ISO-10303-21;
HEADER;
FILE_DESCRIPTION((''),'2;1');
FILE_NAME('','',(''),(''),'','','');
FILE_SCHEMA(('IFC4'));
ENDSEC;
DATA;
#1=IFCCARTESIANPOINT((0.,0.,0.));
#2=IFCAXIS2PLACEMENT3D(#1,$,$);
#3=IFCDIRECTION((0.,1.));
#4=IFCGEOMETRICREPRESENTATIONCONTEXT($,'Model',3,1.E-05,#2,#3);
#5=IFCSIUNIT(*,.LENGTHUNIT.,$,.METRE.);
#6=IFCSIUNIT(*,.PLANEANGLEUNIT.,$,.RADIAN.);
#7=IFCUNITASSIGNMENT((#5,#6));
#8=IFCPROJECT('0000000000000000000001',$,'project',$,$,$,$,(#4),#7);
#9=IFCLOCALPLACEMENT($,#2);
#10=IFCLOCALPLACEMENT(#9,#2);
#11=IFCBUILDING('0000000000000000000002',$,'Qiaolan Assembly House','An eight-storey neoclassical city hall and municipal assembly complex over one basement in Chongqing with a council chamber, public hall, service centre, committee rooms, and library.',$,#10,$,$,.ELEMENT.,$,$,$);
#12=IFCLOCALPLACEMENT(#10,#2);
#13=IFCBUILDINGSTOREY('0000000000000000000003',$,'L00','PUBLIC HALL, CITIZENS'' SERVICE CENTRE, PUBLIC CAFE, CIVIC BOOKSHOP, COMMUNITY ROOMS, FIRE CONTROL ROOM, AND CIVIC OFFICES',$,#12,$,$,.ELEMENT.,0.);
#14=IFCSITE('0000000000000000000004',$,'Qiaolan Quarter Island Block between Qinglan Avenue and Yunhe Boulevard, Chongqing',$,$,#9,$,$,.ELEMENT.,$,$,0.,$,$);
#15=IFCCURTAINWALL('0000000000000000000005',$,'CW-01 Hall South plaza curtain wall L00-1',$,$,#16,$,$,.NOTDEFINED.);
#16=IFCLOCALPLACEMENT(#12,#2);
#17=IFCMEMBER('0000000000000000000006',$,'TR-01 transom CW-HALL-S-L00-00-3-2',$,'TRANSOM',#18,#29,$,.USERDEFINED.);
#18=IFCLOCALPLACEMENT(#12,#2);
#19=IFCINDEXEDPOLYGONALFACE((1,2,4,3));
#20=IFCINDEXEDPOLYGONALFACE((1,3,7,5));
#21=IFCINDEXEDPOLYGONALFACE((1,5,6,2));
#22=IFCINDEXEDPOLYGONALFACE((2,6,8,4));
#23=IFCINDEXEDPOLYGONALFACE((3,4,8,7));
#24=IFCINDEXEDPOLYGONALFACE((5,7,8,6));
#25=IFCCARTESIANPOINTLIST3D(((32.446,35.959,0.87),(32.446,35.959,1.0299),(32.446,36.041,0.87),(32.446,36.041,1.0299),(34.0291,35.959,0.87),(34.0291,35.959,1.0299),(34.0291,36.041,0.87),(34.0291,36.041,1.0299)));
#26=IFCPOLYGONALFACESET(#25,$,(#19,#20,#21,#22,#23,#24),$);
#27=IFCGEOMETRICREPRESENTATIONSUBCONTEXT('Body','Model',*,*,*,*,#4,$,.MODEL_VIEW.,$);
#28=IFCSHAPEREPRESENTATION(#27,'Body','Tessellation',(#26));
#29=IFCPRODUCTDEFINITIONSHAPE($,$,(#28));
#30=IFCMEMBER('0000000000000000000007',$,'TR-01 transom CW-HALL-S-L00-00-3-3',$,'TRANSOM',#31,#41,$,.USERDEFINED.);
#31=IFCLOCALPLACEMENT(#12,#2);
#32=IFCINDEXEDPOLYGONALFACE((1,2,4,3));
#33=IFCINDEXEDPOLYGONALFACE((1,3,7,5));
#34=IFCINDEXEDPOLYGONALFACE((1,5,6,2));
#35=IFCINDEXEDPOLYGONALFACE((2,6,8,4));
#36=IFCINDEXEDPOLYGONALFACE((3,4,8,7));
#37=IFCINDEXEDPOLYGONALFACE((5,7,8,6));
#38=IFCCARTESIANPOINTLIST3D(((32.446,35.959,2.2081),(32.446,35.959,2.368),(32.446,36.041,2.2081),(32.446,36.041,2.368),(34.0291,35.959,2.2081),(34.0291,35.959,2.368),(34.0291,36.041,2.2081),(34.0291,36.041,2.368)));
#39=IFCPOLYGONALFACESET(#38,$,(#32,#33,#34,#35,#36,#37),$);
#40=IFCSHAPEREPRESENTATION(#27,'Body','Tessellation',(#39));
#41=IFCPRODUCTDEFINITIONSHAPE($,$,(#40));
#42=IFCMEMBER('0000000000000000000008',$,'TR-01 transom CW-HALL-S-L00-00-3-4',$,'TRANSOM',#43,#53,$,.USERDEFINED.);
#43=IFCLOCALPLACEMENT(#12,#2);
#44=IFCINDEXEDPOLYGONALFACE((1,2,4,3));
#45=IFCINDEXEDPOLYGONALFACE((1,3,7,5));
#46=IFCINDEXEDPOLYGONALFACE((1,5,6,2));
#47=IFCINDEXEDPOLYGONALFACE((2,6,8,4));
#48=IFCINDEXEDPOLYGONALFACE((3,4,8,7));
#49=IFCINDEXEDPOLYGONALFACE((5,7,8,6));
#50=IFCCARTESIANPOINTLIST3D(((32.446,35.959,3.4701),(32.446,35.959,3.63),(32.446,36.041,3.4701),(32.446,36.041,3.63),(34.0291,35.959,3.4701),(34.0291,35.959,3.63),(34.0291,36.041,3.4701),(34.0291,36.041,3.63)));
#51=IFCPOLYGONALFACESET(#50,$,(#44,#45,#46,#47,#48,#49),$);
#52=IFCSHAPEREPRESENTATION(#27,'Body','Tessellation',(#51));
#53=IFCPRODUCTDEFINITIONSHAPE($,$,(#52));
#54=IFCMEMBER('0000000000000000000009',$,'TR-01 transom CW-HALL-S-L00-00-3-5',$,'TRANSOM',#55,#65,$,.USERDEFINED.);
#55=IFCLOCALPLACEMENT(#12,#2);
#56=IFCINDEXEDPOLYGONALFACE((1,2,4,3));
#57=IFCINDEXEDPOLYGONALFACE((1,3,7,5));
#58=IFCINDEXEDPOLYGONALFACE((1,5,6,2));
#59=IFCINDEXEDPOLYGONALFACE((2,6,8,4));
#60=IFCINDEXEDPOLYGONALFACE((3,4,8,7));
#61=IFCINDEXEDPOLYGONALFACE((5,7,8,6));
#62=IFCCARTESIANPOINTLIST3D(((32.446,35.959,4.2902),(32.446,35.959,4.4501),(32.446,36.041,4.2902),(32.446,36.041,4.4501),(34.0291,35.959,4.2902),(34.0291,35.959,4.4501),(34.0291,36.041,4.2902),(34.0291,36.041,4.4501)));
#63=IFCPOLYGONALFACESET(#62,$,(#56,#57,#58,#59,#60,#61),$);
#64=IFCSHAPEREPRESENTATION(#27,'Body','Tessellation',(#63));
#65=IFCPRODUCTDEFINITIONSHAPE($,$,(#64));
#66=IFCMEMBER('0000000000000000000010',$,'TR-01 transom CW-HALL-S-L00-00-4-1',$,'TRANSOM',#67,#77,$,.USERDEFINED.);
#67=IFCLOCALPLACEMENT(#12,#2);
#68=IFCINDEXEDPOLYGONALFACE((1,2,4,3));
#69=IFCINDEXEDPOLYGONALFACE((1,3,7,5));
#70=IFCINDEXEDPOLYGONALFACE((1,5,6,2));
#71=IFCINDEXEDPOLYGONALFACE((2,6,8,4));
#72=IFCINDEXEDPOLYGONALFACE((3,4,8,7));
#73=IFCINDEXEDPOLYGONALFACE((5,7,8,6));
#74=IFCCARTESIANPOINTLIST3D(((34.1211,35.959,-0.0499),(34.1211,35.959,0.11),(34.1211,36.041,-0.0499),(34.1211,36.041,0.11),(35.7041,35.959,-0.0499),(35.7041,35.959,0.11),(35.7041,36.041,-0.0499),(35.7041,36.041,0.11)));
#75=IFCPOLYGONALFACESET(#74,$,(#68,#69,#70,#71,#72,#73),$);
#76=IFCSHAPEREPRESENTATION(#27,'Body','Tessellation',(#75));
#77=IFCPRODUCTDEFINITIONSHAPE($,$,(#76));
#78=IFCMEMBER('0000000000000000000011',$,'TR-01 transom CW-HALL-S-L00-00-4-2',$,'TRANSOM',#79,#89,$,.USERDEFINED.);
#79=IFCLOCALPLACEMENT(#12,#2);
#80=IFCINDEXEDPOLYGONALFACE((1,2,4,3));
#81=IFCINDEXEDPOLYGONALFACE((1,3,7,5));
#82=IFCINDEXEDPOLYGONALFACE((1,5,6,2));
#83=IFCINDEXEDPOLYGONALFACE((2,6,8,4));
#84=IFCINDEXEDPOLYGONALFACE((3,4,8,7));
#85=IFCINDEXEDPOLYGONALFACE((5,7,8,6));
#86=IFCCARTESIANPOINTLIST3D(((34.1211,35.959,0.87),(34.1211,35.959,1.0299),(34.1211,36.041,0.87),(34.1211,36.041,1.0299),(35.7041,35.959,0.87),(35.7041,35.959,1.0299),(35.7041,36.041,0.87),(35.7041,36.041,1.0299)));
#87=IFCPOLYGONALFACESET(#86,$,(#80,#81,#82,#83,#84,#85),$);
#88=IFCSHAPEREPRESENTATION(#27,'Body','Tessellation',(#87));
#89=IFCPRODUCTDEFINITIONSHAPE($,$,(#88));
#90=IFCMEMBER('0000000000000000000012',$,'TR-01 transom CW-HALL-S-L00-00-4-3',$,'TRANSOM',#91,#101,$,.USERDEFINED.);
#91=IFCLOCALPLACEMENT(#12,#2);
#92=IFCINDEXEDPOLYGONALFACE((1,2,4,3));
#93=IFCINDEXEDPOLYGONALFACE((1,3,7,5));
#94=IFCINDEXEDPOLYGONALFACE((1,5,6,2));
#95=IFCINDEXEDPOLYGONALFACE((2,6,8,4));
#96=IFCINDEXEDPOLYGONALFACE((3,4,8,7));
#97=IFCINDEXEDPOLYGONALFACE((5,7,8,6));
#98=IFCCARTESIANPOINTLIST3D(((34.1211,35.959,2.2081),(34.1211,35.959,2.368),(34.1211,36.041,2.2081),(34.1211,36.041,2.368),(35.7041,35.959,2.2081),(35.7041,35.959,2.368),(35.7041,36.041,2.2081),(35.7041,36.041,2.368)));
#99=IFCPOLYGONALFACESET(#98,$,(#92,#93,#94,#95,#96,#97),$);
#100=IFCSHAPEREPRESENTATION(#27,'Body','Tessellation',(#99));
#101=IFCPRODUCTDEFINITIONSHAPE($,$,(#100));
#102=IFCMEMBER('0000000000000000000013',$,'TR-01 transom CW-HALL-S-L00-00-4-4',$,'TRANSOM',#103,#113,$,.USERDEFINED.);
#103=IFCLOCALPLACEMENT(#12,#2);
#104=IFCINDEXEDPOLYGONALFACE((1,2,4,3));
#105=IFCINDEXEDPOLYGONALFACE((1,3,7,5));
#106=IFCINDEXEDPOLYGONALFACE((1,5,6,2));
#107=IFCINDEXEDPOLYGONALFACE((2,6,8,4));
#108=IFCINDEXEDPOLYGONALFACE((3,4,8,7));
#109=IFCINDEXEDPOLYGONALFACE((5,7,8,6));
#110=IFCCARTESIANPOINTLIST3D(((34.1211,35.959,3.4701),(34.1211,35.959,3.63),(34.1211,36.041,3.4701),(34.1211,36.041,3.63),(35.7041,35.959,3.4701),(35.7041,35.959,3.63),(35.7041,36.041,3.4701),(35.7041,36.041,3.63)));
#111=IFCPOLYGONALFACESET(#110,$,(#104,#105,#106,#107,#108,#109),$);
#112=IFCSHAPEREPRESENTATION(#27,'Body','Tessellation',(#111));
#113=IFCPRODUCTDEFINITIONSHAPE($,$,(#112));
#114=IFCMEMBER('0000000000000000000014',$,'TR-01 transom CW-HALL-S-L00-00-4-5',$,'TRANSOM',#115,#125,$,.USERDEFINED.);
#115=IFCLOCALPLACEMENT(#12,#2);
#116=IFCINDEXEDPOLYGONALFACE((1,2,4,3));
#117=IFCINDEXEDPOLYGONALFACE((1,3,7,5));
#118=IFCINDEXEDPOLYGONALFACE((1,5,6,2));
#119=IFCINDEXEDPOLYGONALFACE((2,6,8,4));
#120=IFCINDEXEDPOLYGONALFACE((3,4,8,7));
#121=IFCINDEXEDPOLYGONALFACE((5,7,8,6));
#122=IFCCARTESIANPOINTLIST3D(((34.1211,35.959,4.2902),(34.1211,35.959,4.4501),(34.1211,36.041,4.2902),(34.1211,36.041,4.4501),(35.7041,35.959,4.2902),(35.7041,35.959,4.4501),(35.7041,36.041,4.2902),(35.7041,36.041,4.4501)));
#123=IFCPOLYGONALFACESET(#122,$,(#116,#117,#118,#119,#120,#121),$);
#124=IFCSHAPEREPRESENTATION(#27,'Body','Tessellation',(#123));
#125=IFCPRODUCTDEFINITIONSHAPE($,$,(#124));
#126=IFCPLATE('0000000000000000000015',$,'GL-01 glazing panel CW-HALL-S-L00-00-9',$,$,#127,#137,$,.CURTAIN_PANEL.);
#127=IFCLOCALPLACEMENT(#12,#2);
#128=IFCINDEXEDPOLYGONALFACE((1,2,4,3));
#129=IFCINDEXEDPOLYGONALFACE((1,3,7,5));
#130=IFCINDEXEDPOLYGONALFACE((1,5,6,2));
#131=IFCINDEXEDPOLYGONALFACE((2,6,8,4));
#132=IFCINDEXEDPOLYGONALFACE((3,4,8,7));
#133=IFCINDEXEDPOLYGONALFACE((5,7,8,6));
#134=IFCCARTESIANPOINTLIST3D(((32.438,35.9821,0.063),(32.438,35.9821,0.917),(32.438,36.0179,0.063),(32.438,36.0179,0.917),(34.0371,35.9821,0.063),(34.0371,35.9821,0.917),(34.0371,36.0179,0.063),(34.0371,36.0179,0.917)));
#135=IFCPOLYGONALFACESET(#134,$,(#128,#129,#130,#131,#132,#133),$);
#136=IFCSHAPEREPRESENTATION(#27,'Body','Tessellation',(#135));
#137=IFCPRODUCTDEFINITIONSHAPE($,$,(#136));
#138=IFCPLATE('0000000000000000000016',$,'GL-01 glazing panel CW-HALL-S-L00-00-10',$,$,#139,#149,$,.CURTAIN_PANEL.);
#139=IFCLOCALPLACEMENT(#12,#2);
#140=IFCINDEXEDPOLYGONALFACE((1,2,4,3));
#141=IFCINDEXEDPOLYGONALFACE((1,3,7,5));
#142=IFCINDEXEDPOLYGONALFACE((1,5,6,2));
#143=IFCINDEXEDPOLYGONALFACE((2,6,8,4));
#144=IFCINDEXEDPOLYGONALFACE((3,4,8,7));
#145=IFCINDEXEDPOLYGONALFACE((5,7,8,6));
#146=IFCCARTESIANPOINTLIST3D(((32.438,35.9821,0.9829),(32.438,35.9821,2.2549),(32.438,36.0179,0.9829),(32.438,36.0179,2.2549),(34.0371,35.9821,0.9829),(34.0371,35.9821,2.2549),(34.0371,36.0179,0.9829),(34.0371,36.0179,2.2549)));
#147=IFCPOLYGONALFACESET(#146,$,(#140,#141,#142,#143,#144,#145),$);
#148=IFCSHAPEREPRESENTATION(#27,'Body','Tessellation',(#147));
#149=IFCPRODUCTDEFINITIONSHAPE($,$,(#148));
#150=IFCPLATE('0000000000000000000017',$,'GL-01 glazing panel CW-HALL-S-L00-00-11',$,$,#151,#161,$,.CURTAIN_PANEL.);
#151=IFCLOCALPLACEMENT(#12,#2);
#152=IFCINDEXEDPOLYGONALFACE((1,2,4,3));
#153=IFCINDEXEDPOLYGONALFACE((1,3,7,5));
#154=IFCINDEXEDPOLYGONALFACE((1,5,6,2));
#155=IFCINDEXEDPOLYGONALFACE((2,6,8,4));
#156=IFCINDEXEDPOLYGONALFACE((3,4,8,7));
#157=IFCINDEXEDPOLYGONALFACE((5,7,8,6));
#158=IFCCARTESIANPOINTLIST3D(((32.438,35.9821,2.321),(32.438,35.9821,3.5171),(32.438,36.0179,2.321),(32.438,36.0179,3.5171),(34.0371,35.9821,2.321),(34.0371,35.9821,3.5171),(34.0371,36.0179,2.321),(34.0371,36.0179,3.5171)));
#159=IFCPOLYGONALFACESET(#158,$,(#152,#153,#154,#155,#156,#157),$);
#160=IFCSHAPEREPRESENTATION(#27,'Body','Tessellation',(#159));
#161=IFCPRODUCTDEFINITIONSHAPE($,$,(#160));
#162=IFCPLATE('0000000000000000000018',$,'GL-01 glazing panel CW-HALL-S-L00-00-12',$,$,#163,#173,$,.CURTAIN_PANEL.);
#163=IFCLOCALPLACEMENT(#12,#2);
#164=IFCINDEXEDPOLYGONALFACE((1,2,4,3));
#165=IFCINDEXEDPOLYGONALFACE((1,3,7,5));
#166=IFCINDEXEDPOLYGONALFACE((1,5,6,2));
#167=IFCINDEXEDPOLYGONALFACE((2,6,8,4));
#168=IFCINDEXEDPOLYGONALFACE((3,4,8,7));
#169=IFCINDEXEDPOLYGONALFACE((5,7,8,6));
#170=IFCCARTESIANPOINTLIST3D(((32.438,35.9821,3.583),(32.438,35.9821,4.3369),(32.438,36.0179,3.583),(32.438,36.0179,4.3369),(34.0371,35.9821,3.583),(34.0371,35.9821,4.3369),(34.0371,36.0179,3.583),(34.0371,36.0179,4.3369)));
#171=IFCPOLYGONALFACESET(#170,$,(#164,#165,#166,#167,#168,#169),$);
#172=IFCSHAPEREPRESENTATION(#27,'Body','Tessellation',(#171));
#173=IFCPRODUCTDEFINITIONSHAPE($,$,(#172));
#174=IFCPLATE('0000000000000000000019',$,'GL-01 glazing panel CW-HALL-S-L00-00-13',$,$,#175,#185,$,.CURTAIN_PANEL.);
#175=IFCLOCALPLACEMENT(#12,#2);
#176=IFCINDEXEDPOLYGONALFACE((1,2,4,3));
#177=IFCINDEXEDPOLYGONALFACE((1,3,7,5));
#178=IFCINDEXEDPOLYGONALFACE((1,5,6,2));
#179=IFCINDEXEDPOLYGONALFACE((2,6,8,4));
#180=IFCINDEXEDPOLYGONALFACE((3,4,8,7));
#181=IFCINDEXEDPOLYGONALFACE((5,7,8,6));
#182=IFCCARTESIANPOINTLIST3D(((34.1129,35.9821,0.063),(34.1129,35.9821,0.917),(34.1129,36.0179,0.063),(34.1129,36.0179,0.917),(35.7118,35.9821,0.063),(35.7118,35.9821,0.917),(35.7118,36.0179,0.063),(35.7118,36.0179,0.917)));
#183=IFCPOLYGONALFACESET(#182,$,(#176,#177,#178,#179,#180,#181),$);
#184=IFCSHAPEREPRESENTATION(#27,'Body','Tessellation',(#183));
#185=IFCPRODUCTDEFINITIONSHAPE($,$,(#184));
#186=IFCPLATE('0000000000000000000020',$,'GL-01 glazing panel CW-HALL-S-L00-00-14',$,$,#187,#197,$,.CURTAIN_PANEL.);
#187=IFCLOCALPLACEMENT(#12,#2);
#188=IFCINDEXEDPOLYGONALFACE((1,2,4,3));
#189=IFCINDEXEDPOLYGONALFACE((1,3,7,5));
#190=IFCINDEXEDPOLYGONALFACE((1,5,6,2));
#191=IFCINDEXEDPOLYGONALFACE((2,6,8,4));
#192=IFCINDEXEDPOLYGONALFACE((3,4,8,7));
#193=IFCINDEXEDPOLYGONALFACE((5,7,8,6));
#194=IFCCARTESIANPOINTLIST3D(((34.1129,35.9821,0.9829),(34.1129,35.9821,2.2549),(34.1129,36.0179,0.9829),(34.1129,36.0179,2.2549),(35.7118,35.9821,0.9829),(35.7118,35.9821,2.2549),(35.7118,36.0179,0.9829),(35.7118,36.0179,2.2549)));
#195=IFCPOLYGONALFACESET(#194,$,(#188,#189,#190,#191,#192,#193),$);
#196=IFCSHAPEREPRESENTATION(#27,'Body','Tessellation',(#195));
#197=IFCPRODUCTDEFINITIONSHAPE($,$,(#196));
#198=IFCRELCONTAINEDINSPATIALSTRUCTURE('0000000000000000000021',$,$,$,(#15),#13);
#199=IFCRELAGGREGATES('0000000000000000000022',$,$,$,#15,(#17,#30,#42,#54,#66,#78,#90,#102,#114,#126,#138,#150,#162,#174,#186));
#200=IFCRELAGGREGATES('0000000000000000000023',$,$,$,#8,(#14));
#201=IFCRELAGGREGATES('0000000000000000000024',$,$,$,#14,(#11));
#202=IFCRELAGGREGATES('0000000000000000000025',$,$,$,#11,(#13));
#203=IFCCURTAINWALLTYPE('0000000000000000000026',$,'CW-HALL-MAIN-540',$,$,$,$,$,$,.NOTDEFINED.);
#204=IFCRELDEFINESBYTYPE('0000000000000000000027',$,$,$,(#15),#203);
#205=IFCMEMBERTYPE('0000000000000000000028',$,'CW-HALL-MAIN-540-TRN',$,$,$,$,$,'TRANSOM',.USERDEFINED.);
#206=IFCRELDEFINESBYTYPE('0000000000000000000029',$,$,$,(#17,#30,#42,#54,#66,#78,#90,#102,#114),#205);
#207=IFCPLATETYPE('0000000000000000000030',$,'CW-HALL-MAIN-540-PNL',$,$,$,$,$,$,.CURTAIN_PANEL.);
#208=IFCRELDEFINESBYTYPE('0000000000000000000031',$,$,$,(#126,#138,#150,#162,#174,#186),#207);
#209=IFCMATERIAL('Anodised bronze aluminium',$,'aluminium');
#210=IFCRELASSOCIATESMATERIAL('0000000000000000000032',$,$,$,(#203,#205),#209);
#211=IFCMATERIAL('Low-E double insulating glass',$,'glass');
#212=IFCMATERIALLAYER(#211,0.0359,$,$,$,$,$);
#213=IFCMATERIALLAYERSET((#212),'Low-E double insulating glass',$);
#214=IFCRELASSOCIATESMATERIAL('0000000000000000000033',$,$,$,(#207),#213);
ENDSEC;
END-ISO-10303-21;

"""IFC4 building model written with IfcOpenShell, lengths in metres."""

from ifc_helpers import new_model, si_unit, direction, frame, frame_2d, origin, origin_2d, place, context, subcontext, project, spatial, rectangle, extrude, material, layer, layer_set, material_profile, profile_set, type_object, element, aggregate, save


model = new_model("IFC4")

# Units and contexts
model_context = context("Model", 3, precision=1e-05, world=origin(), true_north=direction((0.0, 1.0)))
body_context = subcontext(model_context, "Body", "Model", "MODEL_VIEW")
ifc_project = project(units=[si_unit("LENGTHUNIT", "METRE"), si_unit("PLANEANGLEUNIT", "RADIAN")], contexts=[model_context])

# Site, building, storey
site_placement = place(None, origin())
site = spatial("IfcSite", under=ifc_project, at=site_placement, Name="Qiaolan Quarter Island Block between Qinglan Avenue and Yunhe Boulevard, Chongqing", CompositionType="ELEMENT", RefElevation=0.0)
building_placement = place(site_placement, origin())
building = spatial("IfcBuilding", under=site, at=building_placement, Name="Qiaolan Assembly House", Description="An eight-storey neoclassical city hall and municipal assembly complex over one basement in Chongqing with a council chamber, public hall, service centre, committee rooms, and library.", CompositionType="ELEMENT")
storey_placement = place(building_placement, origin())
storey = spatial("IfcBuildingStorey", under=building, at=storey_placement, Name="L00", Description="PUBLIC HALL, CITIZENS' SERVICE CENTRE, PUBLIC CAFE, CIVIC BOOKSHOP, COMMUNITY ROOMS, FIRE CONTROL ROOM, AND CIVIC OFFICES", CompositionType="ELEMENT", Elevation=0.0)

# Curtain wall, members, plates
ifc_material_1 = material(Name="Anodised bronze aluminium", Category="aluminium")
curtain_wall_type = type_object("IfcCurtainWallType", Name="CW-HALL-MAIN-540", PredefinedType="NOTDEFINED", material=ifc_material_1)
curtain_wall_placement = place(storey_placement, origin())
curtain_wall = element("IfcCurtainWall", 1, at=curtain_wall_placement, inside=storey, type_object=curtain_wall_type, Name="CW-01 Hall South plaza curtain wall L00-1", PredefinedType="NOTDEFINED")
ifc_material_profile_1 = material_profile(ifc_material_1, rectangle(XDim=0.082, YDim=0.1599, at=origin_2d()), Name="TRN 82x160")
ifc_profile_set_1 = profile_set([ifc_material_profile_1], Name="Anodised bronze aluminium")
member_type_1 = type_object("IfcMemberType", Name="CW-HALL-MAIN-540-TRN", ElementType="TRANSOM", PredefinedType="USERDEFINED", material=ifc_profile_set_1)
member_1_placement = place(storey_placement, frame((32.446, 36.0, 0.95), z_axis=(1.0, 0.0, 0.0), x_axis=(0.0, 1.0, 0.0)))
member_1 = element("IfcMember", 2, at=member_1_placement, type_object=member_type_1, Name="TR-01 transom CW-HALL-S-L00-00-3-2", ObjectType="TRANSOM", PredefinedType="USERDEFINED", context=body_context, shape_type="SweptSolid", body=[
    extrude(rectangle(XDim=0.082, YDim=0.1599, at=origin_2d()), origin(), (0.0, 0.0, 1.0), 1.583),
])
member_2_placement = place(storey_placement, frame((32.446, 36.0, 2.2881), z_axis=(1.0, 0.0, 0.0), x_axis=(0.0, 1.0, 0.0)))
member_2 = element("IfcMember", 3, at=member_2_placement, type_object=member_type_1, Name="TR-01 transom CW-HALL-S-L00-00-3-3", ObjectType="TRANSOM", PredefinedType="USERDEFINED", context=body_context, shape_type="SweptSolid", body=[
    extrude(rectangle(XDim=0.082, YDim=0.1599, at=origin_2d()), origin(), (0.0, 0.0, 1.0), 1.583),
])
member_3_placement = place(storey_placement, frame((32.446, 36.0, 3.55), z_axis=(1.0, 0.0, 0.0), x_axis=(0.0, 1.0, 0.0)))
member_3 = element("IfcMember", 4, at=member_3_placement, type_object=member_type_1, Name="TR-01 transom CW-HALL-S-L00-00-3-4", ObjectType="TRANSOM", PredefinedType="USERDEFINED", context=body_context, shape_type="SweptSolid", body=[
    extrude(rectangle(XDim=0.082, YDim=0.1599, at=origin_2d()), origin(), (0.0, 0.0, 1.0), 1.583),
])
member_4_placement = place(storey_placement, frame((32.446, 36.0, 4.3701), z_axis=(1.0, 0.0, 0.0), x_axis=(0.0, 1.0, 0.0)))
member_4 = element("IfcMember", 5, at=member_4_placement, type_object=member_type_1, Name="TR-01 transom CW-HALL-S-L00-00-3-5", ObjectType="TRANSOM", PredefinedType="USERDEFINED", context=body_context, shape_type="SweptSolid", body=[
    extrude(rectangle(XDim=0.082, YDim=0.1599, at=origin_2d()), origin(), (0.0, 0.0, 1.0), 1.583),
])
member_5_placement = place(storey_placement, frame((34.1211, 36.0, 0.03), z_axis=(1.0, 0.0, 0.0), x_axis=(0.0, 1.0, 0.0)))
member_5 = element("IfcMember", 6, at=member_5_placement, type_object=member_type_1, Name="TR-01 transom CW-HALL-S-L00-00-4-1", ObjectType="TRANSOM", PredefinedType="USERDEFINED", context=body_context, shape_type="SweptSolid", body=[
    extrude(rectangle(XDim=0.082, YDim=0.1599, at=origin_2d()), origin(), (0.0, 0.0, 1.0), 1.583),
])
member_6_placement = place(storey_placement, frame((34.1211, 36.0, 0.95), z_axis=(1.0, 0.0, 0.0), x_axis=(0.0, 1.0, 0.0)))
member_6 = element("IfcMember", 7, at=member_6_placement, type_object=member_type_1, Name="TR-01 transom CW-HALL-S-L00-00-4-2", ObjectType="TRANSOM", PredefinedType="USERDEFINED", context=body_context, shape_type="SweptSolid", body=[
    extrude(rectangle(XDim=0.082, YDim=0.1599, at=origin_2d()), origin(), (0.0, 0.0, 1.0), 1.583),
])
member_7_placement = place(storey_placement, frame((34.1211, 36.0, 2.2881), z_axis=(1.0, 0.0, 0.0), x_axis=(0.0, 1.0, 0.0)))
member_7 = element("IfcMember", 8, at=member_7_placement, type_object=member_type_1, Name="TR-01 transom CW-HALL-S-L00-00-4-3", ObjectType="TRANSOM", PredefinedType="USERDEFINED", context=body_context, shape_type="SweptSolid", body=[
    extrude(rectangle(XDim=0.082, YDim=0.1599, at=origin_2d()), origin(), (0.0, 0.0, 1.0), 1.583),
])
member_8_placement = place(storey_placement, frame((34.1211, 36.0, 3.55), z_axis=(1.0, 0.0, 0.0), x_axis=(0.0, 1.0, 0.0)))
member_8 = element("IfcMember", 9, at=member_8_placement, type_object=member_type_1, Name="TR-01 transom CW-HALL-S-L00-00-4-4", ObjectType="TRANSOM", PredefinedType="USERDEFINED", context=body_context, shape_type="SweptSolid", body=[
    extrude(rectangle(XDim=0.082, YDim=0.1599, at=origin_2d()), origin(), (0.0, 0.0, 1.0), 1.583),
])
member_9_placement = place(storey_placement, frame((34.1211, 36.0, 4.3701), z_axis=(1.0, 0.0, 0.0), x_axis=(0.0, 1.0, 0.0)))
member_9 = element("IfcMember", 10, at=member_9_placement, type_object=member_type_1, Name="TR-01 transom CW-HALL-S-L00-00-4-5", ObjectType="TRANSOM", PredefinedType="USERDEFINED", context=body_context, shape_type="SweptSolid", body=[
    extrude(rectangle(XDim=0.082, YDim=0.1599, at=origin_2d()), origin(), (0.0, 0.0, 1.0), 1.583),
])
ifc_material_2 = material(Name="Low-E double insulating glass", Category="glass")
ifc_layer_1 = layer(ifc_material_2, 0.0359)
ifc_layer_set_1 = layer_set([ifc_layer_1], Name="Low-E double insulating glass")
plate_type = type_object("IfcPlateType", Name="CW-HALL-MAIN-540-PNL", PredefinedType="CURTAIN_PANEL", material=ifc_layer_set_1)
plate_1_placement = place(storey_placement, frame((32.438, 36.0, 0.063), z_axis=(0.0, 0.0, 1.0), x_axis=(1.0, 0.0, 0.0)))
plate_1 = element("IfcPlate", 11, at=plate_1_placement, type_object=plate_type, Name="GL-01 glazing panel CW-HALL-S-L00-00-9", PredefinedType="CURTAIN_PANEL", context=body_context, shape_type="SweptSolid", body=[
    extrude(rectangle(XDim=1.5991, YDim=0.0359, at=frame_2d((0.7996, 0.0))), origin(), (0.0, 0.0, 1.0), 0.854),
])
plate_2_placement = place(storey_placement, frame((32.438, 36.0, 0.9829), z_axis=(0.0, 0.0, 1.0), x_axis=(1.0, 0.0, 0.0)))
plate_2 = element("IfcPlate", 12, at=plate_2_placement, type_object=plate_type, Name="GL-01 glazing panel CW-HALL-S-L00-00-10", PredefinedType="CURTAIN_PANEL", context=body_context, shape_type="SweptSolid", body=[
    extrude(rectangle(XDim=1.5991, YDim=0.0359, at=frame_2d((0.7996, 0.0))), origin(), (0.0, 0.0, 1.0), 1.272),
])
plate_3_placement = place(storey_placement, frame((32.438, 36.0, 2.321), z_axis=(0.0, 0.0, 1.0), x_axis=(1.0, 0.0, 0.0)))
plate_3 = element("IfcPlate", 13, at=plate_3_placement, type_object=plate_type, Name="GL-01 glazing panel CW-HALL-S-L00-00-11", PredefinedType="CURTAIN_PANEL", context=body_context, shape_type="SweptSolid", body=[
    extrude(rectangle(XDim=1.5991, YDim=0.0359, at=frame_2d((0.7996, 0.0))), origin(), (0.0, 0.0, 1.0), 1.196),
])
plate_4_placement = place(storey_placement, frame((32.438, 36.0, 3.583), z_axis=(0.0, 0.0, 1.0), x_axis=(1.0, 0.0, 0.0)))
plate_4 = element("IfcPlate", 14, at=plate_4_placement, type_object=plate_type, Name="GL-01 glazing panel CW-HALL-S-L00-00-12", PredefinedType="CURTAIN_PANEL", context=body_context, shape_type="SweptSolid", body=[
    extrude(rectangle(XDim=1.5991, YDim=0.0359, at=frame_2d((0.7996, 0.0))), origin(), (0.0, 0.0, 1.0), 0.7539),
])
plate_5_placement = place(storey_placement, frame((34.113, 36.0, 0.063), z_axis=(0.0, 0.0, 1.0), x_axis=(1.0, 0.0, 0.0)))
plate_5 = element("IfcPlate", 15, at=plate_5_placement, type_object=plate_type, Name="GL-01 glazing panel CW-HALL-S-L00-00-13", PredefinedType="CURTAIN_PANEL", context=body_context, shape_type="SweptSolid", body=[
    extrude(rectangle(XDim=1.5989, YDim=0.0359, at=frame_2d((0.7993, 0.0))), origin(), (0.0, 0.0, 1.0), 0.854),
])
plate_6_placement = place(storey_placement, frame((34.113, 36.0, 0.9829), z_axis=(0.0, 0.0, 1.0), x_axis=(1.0, 0.0, 0.0)))
plate_6 = element("IfcPlate", 16, at=plate_6_placement, type_object=plate_type, Name="GL-01 glazing panel CW-HALL-S-L00-00-14", PredefinedType="CURTAIN_PANEL", context=body_context, shape_type="SweptSolid", body=[
    extrude(rectangle(XDim=1.5989, YDim=0.0359, at=frame_2d((0.7993, 0.0))), origin(), (0.0, 0.0, 1.0), 1.272),
])
aggregate(curtain_wall, [member_1, member_2, member_3, member_4, member_5, member_6, member_7, member_8, member_9, plate_1, plate_2, plate_3, plate_4, plate_5, plate_6])

save(model, "model.ifc")
